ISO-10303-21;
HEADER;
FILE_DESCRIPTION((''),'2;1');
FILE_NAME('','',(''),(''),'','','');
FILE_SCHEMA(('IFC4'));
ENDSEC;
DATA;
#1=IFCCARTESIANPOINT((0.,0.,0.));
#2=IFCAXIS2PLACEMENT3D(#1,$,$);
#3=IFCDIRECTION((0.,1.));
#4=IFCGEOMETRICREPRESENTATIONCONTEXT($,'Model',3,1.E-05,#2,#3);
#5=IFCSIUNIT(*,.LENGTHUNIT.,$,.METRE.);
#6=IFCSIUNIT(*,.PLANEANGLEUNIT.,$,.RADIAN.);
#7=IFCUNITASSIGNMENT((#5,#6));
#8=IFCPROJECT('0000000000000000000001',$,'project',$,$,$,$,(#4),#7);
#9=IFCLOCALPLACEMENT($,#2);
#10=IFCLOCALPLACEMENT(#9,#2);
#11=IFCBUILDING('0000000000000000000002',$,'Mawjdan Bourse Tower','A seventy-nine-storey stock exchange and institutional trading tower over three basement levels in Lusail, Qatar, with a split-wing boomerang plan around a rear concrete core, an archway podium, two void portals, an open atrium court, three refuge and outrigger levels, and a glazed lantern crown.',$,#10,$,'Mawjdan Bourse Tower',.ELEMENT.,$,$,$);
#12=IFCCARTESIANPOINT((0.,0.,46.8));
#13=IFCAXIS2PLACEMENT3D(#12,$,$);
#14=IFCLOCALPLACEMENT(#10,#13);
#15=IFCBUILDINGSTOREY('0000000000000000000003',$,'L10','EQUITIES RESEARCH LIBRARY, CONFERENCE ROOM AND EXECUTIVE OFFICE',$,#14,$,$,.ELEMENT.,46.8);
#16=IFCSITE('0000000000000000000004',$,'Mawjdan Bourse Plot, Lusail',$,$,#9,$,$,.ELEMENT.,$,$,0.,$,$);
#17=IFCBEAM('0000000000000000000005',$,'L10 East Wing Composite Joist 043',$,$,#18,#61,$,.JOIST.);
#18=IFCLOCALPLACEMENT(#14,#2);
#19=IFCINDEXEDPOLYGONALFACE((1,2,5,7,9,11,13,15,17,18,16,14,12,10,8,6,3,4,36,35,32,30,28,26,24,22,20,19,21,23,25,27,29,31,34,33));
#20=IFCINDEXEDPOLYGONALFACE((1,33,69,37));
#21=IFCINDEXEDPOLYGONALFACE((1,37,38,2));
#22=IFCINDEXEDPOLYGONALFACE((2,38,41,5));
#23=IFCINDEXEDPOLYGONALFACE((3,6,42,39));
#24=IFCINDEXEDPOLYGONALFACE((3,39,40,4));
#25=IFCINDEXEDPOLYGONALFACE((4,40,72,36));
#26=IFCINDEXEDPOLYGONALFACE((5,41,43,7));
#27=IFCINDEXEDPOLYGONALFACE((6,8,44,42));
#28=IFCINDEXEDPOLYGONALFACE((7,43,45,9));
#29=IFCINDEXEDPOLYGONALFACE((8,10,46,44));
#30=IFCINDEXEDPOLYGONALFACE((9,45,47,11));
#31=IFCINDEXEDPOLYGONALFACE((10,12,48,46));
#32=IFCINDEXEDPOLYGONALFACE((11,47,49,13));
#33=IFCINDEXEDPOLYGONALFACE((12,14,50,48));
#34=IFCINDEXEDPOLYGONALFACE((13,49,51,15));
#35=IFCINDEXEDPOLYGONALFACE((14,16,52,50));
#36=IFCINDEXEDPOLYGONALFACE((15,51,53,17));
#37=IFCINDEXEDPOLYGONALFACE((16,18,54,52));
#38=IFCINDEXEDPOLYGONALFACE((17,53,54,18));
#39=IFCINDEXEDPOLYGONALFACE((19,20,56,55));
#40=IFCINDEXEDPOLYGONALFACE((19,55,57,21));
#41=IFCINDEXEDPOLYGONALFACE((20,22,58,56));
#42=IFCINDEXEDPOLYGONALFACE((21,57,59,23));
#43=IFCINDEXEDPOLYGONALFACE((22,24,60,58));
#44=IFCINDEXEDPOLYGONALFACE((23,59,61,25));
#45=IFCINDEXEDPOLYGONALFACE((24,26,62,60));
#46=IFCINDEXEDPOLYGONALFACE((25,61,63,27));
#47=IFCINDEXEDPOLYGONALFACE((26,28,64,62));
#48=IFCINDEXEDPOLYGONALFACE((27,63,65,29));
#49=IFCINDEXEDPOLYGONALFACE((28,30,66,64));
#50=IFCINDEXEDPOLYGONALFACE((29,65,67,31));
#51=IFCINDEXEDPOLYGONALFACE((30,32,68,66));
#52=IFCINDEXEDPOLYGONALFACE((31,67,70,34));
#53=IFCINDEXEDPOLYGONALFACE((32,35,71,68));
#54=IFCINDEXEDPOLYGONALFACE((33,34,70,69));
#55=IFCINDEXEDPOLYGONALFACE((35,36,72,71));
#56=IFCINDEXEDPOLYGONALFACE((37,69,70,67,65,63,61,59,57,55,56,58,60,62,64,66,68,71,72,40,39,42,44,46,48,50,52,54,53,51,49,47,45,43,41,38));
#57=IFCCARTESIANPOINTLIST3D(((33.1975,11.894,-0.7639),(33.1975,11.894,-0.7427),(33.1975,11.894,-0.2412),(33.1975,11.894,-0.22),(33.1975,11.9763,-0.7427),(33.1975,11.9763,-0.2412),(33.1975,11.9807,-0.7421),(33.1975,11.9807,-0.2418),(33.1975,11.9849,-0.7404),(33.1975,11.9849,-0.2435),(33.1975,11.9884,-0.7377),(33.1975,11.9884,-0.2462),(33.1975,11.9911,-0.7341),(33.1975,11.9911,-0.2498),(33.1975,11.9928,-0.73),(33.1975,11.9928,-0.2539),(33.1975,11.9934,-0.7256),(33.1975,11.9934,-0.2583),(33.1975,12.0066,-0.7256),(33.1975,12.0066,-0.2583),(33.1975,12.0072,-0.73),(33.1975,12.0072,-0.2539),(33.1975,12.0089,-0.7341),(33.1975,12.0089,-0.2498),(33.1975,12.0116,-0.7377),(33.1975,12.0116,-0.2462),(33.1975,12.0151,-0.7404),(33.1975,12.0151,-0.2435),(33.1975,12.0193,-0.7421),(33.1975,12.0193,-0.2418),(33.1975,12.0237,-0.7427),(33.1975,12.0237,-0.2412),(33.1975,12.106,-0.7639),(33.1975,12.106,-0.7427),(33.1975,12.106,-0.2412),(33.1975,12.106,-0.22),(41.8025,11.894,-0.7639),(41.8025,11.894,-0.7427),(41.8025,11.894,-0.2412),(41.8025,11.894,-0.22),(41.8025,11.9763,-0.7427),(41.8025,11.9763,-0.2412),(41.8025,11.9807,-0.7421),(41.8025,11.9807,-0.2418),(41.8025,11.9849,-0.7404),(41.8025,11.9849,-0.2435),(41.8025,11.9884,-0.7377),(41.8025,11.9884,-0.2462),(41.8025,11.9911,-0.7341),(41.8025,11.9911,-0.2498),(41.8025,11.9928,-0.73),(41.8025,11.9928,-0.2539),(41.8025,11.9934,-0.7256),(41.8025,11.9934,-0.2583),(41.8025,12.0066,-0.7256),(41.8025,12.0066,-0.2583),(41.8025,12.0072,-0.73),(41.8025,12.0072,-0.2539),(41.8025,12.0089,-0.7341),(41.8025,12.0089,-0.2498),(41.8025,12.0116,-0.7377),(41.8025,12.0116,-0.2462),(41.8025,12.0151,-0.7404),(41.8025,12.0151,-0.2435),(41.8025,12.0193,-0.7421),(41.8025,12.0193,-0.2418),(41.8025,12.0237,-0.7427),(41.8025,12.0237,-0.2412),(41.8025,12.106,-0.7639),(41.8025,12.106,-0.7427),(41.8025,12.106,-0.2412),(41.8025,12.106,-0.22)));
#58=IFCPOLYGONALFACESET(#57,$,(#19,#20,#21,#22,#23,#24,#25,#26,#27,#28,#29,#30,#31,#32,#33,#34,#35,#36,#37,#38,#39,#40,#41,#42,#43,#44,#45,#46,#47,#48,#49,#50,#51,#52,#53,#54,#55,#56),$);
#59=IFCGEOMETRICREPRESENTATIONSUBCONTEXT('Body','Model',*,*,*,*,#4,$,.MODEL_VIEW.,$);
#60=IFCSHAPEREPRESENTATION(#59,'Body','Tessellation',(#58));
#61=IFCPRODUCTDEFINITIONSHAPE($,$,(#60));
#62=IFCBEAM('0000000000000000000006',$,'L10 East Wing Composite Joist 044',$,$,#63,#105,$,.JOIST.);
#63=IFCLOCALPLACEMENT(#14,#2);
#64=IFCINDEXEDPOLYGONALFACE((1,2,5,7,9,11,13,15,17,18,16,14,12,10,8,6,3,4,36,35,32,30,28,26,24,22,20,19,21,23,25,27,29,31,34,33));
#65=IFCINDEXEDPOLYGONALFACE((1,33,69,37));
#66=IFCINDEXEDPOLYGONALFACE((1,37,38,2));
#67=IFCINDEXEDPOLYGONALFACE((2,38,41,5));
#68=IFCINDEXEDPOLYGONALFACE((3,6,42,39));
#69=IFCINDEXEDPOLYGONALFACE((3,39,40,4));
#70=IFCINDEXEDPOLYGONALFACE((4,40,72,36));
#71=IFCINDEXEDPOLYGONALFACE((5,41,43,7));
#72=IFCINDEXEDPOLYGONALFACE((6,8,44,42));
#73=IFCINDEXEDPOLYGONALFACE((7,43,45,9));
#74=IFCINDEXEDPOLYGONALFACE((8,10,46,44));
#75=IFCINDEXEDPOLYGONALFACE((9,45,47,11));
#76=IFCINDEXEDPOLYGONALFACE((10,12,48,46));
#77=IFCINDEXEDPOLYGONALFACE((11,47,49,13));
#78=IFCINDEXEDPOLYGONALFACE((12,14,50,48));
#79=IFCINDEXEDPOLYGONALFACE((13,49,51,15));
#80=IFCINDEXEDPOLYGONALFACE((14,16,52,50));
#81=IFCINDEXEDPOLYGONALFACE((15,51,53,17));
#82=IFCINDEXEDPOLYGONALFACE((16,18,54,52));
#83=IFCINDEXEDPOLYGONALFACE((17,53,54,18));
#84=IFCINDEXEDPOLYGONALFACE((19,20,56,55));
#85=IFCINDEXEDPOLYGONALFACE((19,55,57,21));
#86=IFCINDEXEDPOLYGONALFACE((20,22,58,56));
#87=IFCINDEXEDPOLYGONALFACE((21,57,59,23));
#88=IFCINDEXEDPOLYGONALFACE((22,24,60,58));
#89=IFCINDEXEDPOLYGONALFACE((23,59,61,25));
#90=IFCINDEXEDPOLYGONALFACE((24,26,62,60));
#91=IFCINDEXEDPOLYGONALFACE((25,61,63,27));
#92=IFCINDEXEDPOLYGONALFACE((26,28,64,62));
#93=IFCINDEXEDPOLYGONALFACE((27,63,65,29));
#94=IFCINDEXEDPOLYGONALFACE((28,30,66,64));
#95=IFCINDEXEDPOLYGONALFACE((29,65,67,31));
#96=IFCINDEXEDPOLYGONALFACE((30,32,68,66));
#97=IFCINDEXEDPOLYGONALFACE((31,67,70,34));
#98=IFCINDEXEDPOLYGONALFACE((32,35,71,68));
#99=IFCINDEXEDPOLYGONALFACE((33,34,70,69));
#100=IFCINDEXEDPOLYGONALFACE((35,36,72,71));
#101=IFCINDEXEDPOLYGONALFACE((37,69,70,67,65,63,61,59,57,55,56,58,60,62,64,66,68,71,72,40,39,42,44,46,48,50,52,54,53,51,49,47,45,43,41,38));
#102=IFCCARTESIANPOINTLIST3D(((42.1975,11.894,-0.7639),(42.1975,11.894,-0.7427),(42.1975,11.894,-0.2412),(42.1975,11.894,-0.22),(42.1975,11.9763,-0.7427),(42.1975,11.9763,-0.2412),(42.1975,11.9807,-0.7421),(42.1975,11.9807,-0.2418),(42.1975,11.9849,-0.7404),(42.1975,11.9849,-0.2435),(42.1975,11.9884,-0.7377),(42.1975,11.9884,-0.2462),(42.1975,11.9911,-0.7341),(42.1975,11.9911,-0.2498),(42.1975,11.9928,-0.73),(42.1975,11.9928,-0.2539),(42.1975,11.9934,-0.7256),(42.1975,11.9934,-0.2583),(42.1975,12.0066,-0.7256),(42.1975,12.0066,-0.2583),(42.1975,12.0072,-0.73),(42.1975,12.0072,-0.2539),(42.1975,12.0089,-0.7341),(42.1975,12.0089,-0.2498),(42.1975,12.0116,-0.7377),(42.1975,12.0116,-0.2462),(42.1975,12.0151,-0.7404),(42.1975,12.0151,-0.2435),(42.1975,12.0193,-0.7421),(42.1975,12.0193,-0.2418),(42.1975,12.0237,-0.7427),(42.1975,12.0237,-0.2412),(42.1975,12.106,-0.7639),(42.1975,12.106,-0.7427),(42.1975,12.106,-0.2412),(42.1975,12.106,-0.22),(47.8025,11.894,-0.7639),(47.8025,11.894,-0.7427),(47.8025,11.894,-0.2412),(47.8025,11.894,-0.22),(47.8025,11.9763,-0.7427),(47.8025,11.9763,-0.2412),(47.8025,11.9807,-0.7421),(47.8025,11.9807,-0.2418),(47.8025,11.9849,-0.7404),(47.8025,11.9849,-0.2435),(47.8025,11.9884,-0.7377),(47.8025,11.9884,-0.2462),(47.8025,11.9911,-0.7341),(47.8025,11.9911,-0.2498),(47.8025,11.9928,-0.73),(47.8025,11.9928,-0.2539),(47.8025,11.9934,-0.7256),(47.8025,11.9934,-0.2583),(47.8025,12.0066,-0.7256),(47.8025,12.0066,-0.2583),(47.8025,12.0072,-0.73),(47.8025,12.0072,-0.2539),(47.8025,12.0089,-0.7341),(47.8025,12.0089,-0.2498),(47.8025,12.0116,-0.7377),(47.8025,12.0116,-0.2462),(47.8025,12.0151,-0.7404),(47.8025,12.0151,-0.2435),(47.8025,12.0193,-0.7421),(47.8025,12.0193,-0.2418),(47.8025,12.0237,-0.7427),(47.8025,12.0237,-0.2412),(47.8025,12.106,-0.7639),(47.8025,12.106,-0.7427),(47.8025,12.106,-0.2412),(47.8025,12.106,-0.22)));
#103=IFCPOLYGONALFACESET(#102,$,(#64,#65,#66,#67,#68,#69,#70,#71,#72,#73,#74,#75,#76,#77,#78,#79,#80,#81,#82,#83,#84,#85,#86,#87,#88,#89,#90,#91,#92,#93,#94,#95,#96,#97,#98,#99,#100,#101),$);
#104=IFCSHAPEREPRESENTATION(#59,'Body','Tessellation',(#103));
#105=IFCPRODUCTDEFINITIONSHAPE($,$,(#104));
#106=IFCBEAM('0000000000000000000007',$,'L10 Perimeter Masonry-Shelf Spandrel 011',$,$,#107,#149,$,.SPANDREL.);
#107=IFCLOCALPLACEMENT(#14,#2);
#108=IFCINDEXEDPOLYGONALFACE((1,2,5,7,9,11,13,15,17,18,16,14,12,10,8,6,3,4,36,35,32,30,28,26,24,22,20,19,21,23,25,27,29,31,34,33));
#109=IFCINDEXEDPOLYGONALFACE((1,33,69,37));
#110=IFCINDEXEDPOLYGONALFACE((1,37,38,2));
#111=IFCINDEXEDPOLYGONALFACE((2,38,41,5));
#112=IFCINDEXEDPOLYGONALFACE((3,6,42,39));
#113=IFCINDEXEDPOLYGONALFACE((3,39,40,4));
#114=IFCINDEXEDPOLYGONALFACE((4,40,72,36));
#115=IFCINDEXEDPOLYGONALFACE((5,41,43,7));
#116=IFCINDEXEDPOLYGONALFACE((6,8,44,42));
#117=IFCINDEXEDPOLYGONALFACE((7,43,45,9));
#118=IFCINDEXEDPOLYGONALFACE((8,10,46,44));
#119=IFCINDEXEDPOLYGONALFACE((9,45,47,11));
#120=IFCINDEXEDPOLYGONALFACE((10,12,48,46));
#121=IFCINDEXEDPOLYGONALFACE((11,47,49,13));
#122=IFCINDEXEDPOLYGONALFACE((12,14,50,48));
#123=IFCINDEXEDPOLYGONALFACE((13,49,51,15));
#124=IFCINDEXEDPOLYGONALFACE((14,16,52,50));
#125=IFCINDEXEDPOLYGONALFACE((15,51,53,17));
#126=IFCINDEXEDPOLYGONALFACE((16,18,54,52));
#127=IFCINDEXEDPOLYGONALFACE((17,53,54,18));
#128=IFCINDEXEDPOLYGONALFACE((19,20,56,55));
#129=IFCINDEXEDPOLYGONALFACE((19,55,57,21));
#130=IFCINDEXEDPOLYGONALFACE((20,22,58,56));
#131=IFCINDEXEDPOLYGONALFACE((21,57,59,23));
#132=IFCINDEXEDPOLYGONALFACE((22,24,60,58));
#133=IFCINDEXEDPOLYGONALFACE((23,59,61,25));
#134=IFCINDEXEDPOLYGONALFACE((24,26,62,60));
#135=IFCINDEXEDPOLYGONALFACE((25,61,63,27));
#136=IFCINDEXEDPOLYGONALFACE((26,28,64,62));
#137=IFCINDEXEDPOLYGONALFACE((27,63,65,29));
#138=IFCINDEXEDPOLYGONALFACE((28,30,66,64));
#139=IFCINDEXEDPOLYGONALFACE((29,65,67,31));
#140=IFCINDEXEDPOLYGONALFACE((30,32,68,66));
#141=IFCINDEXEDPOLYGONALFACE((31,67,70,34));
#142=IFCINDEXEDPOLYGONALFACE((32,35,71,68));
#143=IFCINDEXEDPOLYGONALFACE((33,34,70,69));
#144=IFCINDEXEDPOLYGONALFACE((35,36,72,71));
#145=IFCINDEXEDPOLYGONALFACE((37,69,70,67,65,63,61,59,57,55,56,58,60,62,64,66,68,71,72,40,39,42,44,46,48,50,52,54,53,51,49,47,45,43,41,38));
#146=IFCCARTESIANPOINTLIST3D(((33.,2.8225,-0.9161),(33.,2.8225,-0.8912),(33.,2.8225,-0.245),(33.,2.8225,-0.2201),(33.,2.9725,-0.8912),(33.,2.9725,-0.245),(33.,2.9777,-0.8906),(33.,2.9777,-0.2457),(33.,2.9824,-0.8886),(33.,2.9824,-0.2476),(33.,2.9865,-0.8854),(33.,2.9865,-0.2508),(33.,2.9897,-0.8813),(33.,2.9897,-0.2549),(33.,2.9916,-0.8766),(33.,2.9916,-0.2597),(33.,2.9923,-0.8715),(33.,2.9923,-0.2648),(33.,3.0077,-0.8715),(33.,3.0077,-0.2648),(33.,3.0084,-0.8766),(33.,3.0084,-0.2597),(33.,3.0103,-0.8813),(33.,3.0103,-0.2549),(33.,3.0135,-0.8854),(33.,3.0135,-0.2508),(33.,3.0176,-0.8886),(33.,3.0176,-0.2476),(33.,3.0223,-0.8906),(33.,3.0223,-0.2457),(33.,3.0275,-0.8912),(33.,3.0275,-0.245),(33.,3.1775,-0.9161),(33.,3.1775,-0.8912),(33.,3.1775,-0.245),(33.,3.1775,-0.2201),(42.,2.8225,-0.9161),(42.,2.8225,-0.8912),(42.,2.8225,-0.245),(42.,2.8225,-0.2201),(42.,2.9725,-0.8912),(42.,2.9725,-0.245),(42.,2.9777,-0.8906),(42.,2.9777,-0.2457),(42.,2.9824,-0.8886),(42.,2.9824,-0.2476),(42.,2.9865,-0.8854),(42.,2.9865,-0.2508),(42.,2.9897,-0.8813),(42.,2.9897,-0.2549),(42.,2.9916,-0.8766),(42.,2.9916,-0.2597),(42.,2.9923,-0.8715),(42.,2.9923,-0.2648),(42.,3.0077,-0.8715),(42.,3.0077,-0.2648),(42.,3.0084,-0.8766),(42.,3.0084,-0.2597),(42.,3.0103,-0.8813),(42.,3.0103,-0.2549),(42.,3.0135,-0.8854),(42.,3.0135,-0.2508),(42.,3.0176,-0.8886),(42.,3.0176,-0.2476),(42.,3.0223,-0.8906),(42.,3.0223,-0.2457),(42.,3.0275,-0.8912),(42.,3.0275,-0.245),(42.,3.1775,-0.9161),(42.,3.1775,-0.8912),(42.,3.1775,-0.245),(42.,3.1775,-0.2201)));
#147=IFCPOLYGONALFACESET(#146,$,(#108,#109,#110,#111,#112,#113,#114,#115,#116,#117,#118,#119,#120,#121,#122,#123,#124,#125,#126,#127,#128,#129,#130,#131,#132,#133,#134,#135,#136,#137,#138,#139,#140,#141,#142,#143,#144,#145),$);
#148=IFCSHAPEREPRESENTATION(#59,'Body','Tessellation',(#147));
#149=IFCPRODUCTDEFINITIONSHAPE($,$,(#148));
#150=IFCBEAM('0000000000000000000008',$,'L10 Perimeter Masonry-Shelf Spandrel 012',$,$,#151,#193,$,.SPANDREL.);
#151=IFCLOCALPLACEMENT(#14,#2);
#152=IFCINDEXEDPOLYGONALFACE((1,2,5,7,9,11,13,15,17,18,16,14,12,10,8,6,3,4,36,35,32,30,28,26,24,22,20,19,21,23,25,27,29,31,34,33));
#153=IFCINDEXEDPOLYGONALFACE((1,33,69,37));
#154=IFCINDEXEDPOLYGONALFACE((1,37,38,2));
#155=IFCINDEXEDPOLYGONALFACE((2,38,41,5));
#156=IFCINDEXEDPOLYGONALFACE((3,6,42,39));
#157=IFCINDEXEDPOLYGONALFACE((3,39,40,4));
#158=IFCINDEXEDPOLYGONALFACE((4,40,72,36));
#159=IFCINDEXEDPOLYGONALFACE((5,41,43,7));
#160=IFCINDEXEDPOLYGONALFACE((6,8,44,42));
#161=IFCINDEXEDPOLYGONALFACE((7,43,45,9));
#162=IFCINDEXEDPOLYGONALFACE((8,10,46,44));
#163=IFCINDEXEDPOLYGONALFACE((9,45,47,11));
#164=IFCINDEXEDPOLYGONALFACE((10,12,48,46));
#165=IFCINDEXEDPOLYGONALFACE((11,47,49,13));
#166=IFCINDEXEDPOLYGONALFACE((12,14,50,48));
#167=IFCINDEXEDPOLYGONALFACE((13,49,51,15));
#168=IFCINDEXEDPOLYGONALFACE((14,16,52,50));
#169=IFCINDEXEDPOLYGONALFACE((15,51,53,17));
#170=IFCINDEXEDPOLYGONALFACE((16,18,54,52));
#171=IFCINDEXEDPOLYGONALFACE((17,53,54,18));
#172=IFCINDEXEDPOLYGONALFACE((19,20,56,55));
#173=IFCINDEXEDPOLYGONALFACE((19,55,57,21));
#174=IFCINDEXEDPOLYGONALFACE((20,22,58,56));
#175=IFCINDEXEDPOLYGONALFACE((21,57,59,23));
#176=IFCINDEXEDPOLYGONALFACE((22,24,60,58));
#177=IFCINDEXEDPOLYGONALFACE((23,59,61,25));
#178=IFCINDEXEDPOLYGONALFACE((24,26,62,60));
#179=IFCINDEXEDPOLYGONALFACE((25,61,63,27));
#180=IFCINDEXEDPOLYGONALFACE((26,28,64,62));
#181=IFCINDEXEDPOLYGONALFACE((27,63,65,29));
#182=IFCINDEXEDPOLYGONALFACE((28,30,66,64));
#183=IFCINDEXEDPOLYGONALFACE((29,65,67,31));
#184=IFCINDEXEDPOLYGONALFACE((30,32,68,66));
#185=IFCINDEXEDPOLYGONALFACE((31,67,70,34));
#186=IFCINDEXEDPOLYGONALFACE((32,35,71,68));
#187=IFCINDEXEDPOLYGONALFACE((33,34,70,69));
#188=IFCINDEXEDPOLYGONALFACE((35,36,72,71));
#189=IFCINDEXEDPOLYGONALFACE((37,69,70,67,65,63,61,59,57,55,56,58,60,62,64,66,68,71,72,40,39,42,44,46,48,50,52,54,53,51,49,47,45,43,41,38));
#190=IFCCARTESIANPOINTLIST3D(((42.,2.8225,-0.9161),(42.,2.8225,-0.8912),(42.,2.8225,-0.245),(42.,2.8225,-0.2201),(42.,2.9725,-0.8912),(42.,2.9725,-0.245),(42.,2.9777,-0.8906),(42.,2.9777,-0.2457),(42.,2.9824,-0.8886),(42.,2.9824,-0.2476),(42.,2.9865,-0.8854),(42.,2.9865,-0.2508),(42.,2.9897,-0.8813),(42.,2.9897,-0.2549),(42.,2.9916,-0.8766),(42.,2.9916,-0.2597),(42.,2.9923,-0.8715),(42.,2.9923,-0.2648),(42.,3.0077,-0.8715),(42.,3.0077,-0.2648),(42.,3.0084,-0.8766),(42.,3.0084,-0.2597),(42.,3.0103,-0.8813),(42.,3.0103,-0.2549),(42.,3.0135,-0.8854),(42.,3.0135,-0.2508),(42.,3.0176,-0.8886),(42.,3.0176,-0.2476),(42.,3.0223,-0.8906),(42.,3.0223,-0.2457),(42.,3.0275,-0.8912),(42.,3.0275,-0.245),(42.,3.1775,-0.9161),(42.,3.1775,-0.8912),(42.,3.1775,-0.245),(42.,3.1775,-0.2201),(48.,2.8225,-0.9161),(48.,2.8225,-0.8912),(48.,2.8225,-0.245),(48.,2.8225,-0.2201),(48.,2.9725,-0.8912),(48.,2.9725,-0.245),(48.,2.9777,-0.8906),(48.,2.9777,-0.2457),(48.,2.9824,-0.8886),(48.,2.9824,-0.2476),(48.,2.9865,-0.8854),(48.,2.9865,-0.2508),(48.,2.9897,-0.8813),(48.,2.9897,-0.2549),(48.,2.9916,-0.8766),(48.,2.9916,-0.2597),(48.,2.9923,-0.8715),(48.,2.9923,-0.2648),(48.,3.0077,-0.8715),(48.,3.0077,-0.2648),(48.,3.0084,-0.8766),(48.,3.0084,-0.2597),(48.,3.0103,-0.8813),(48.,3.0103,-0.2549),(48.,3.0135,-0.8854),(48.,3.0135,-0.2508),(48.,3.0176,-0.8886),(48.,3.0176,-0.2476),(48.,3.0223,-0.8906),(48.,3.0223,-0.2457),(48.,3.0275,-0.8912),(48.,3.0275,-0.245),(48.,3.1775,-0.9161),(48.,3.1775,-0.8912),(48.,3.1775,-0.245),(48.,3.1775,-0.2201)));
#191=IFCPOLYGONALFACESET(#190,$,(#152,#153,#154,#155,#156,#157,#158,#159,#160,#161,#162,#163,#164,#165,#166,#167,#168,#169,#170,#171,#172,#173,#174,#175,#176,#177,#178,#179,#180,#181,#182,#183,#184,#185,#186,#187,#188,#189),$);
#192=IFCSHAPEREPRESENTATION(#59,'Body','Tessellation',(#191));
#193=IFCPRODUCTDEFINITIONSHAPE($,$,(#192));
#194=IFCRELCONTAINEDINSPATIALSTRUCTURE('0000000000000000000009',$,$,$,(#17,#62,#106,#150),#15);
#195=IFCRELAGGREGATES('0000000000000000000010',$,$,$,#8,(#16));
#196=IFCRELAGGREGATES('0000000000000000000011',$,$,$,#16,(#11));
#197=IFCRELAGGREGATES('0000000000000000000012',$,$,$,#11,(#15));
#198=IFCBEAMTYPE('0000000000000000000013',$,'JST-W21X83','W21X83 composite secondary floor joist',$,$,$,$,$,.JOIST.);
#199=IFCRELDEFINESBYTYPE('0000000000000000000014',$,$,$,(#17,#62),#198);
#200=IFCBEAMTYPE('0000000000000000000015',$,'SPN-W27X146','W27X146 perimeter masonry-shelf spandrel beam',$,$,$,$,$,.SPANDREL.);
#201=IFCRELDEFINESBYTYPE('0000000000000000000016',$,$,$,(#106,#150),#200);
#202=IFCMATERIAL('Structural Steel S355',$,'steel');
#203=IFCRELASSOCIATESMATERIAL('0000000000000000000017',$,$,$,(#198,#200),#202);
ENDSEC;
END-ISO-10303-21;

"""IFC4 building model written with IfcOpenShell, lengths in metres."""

from ifc_helpers import new_model, si_unit, direction, frame, origin, origin_2d, place, context, subcontext, project, spatial, i_section, extrude, material, material_profile, profile_set, type_object, element, save


model = new_model("IFC4")

# Units and contexts
model_context = context("Model", 3, precision=1e-05, world=origin(), true_north=direction((0.0, 1.0)))
body_context = subcontext(model_context, "Body", "Model", "MODEL_VIEW")
ifc_project = project(units=[si_unit("LENGTHUNIT", "METRE"), si_unit("PLANEANGLEUNIT", "RADIAN")], contexts=[model_context])

# Site, building, storey
site_placement = place(None, origin())
site = spatial("IfcSite", under=ifc_project, at=site_placement, Name="Mawjdan Bourse Plot, Lusail", CompositionType="ELEMENT", RefElevation=0.0)
building_placement = place(site_placement, origin())
building = spatial("IfcBuilding", under=site, at=building_placement, Name="Mawjdan Bourse Tower", Description="A seventy-nine-storey stock exchange and institutional trading tower over three basement levels in Lusail, Qatar, with a split-wing boomerang plan around a rear concrete core, an archway podium, two void portals, an open atrium court, three refuge and outrigger levels, and a glazed lantern crown.", LongName="Mawjdan Bourse Tower", CompositionType="ELEMENT")
storey_placement = place(building_placement, frame((0.0, 0.0, 46.8)))
storey = spatial("IfcBuildingStorey", under=building, at=storey_placement, Name="L10", Description="EQUITIES RESEARCH LIBRARY, CONFERENCE ROOM AND EXECUTIVE OFFICE", CompositionType="ELEMENT", Elevation=46.8)

# Beams
ifc_material_1 = material(Name="Structural Steel S355", Category="steel")
ifc_material_profile_1 = material_profile(ifc_material_1, i_section(OverallWidth=0.2119, OverallDepth=0.5439, WebThickness=0.0132, FlangeThickness=0.0212, FilletRadius=0.0171, at=origin_2d()), Name="W21X83")
ifc_profile_set_1 = profile_set([ifc_material_profile_1], Name="Structural Steel S355")
beam_type_1 = type_object("IfcBeamType", Name="JST-W21X83", Description="W21X83 composite secondary floor joist", PredefinedType="JOIST", material=ifc_profile_set_1)
beam_1_placement = place(storey_placement, frame((33.1975, 12.0, -0.4919), z_axis=(1.0, 0.0, 0.0), x_axis=(0.0, 1.0, 0.0)))
element("IfcBeam", 1, at=beam_1_placement, inside=storey, type_object=beam_type_1, Name="L10 East Wing Composite Joist 043", PredefinedType="JOIST", context=body_context, shape_type="SweptSolid", body=[
    extrude(i_section(OverallWidth=0.2119, OverallDepth=0.5439, WebThickness=0.0132, FlangeThickness=0.0212, FilletRadius=0.0171, at=origin_2d()), origin(), (0.0, 0.0, 1.0), 8.605),
])
beam_2_placement = place(storey_placement, frame((42.1975, 12.0, -0.4919), z_axis=(1.0, 0.0, 0.0), x_axis=(0.0, 1.0, 0.0)))
element("IfcBeam", 2, at=beam_2_placement, inside=storey, type_object=beam_type_1, Name="L10 East Wing Composite Joist 044", PredefinedType="JOIST", context=body_context, shape_type="SweptSolid", body=[
    extrude(i_section(OverallWidth=0.2119, OverallDepth=0.5439, WebThickness=0.0132, FlangeThickness=0.0212, FilletRadius=0.0171, at=origin_2d()), origin(), (0.0, 0.0, 1.0), 5.605),
])
ifc_material_profile_2 = material_profile(ifc_material_1, i_section(OverallWidth=0.355, OverallDepth=0.696, WebThickness=0.0154, FlangeThickness=0.0249, FilletRadius=0.0198, at=origin_2d()), Name="W27X146")
ifc_profile_set_2 = profile_set([ifc_material_profile_2], Name="Structural Steel S355")
beam_type_2 = type_object("IfcBeamType", Name="SPN-W27X146", Description="W27X146 perimeter masonry-shelf spandrel beam", PredefinedType="SPANDREL", material=ifc_profile_set_2)
beam_3_placement = place(storey_placement, frame((33.0, 3.0, -0.5681), z_axis=(1.0, 0.0, 0.0), x_axis=(0.0, 1.0, 0.0)))
element("IfcBeam", 3, at=beam_3_placement, inside=storey, type_object=beam_type_2, Name="L10 Perimeter Masonry-Shelf Spandrel 011", PredefinedType="SPANDREL", context=body_context, shape_type="SweptSolid", body=[
    extrude(i_section(OverallWidth=0.355, OverallDepth=0.696, WebThickness=0.0154, FlangeThickness=0.0249, FilletRadius=0.0198, at=origin_2d()), origin(), (0.0, 0.0, 1.0), 9.0),
])
beam_4_placement = place(storey_placement, frame((42.0, 3.0, -0.5681), z_axis=(1.0, 0.0, 0.0), x_axis=(0.0, 1.0, 0.0)))
element("IfcBeam", 4, at=beam_4_placement, inside=storey, type_object=beam_type_2, Name="L10 Perimeter Masonry-Shelf Spandrel 012", PredefinedType="SPANDREL", context=body_context, shape_type="SweptSolid", body=[
    extrude(i_section(OverallWidth=0.355, OverallDepth=0.696, WebThickness=0.0154, FlangeThickness=0.0249, FilletRadius=0.0198, at=origin_2d()), origin(), (0.0, 0.0, 1.0), 6.0),
])

save(model, "model.ifc")
